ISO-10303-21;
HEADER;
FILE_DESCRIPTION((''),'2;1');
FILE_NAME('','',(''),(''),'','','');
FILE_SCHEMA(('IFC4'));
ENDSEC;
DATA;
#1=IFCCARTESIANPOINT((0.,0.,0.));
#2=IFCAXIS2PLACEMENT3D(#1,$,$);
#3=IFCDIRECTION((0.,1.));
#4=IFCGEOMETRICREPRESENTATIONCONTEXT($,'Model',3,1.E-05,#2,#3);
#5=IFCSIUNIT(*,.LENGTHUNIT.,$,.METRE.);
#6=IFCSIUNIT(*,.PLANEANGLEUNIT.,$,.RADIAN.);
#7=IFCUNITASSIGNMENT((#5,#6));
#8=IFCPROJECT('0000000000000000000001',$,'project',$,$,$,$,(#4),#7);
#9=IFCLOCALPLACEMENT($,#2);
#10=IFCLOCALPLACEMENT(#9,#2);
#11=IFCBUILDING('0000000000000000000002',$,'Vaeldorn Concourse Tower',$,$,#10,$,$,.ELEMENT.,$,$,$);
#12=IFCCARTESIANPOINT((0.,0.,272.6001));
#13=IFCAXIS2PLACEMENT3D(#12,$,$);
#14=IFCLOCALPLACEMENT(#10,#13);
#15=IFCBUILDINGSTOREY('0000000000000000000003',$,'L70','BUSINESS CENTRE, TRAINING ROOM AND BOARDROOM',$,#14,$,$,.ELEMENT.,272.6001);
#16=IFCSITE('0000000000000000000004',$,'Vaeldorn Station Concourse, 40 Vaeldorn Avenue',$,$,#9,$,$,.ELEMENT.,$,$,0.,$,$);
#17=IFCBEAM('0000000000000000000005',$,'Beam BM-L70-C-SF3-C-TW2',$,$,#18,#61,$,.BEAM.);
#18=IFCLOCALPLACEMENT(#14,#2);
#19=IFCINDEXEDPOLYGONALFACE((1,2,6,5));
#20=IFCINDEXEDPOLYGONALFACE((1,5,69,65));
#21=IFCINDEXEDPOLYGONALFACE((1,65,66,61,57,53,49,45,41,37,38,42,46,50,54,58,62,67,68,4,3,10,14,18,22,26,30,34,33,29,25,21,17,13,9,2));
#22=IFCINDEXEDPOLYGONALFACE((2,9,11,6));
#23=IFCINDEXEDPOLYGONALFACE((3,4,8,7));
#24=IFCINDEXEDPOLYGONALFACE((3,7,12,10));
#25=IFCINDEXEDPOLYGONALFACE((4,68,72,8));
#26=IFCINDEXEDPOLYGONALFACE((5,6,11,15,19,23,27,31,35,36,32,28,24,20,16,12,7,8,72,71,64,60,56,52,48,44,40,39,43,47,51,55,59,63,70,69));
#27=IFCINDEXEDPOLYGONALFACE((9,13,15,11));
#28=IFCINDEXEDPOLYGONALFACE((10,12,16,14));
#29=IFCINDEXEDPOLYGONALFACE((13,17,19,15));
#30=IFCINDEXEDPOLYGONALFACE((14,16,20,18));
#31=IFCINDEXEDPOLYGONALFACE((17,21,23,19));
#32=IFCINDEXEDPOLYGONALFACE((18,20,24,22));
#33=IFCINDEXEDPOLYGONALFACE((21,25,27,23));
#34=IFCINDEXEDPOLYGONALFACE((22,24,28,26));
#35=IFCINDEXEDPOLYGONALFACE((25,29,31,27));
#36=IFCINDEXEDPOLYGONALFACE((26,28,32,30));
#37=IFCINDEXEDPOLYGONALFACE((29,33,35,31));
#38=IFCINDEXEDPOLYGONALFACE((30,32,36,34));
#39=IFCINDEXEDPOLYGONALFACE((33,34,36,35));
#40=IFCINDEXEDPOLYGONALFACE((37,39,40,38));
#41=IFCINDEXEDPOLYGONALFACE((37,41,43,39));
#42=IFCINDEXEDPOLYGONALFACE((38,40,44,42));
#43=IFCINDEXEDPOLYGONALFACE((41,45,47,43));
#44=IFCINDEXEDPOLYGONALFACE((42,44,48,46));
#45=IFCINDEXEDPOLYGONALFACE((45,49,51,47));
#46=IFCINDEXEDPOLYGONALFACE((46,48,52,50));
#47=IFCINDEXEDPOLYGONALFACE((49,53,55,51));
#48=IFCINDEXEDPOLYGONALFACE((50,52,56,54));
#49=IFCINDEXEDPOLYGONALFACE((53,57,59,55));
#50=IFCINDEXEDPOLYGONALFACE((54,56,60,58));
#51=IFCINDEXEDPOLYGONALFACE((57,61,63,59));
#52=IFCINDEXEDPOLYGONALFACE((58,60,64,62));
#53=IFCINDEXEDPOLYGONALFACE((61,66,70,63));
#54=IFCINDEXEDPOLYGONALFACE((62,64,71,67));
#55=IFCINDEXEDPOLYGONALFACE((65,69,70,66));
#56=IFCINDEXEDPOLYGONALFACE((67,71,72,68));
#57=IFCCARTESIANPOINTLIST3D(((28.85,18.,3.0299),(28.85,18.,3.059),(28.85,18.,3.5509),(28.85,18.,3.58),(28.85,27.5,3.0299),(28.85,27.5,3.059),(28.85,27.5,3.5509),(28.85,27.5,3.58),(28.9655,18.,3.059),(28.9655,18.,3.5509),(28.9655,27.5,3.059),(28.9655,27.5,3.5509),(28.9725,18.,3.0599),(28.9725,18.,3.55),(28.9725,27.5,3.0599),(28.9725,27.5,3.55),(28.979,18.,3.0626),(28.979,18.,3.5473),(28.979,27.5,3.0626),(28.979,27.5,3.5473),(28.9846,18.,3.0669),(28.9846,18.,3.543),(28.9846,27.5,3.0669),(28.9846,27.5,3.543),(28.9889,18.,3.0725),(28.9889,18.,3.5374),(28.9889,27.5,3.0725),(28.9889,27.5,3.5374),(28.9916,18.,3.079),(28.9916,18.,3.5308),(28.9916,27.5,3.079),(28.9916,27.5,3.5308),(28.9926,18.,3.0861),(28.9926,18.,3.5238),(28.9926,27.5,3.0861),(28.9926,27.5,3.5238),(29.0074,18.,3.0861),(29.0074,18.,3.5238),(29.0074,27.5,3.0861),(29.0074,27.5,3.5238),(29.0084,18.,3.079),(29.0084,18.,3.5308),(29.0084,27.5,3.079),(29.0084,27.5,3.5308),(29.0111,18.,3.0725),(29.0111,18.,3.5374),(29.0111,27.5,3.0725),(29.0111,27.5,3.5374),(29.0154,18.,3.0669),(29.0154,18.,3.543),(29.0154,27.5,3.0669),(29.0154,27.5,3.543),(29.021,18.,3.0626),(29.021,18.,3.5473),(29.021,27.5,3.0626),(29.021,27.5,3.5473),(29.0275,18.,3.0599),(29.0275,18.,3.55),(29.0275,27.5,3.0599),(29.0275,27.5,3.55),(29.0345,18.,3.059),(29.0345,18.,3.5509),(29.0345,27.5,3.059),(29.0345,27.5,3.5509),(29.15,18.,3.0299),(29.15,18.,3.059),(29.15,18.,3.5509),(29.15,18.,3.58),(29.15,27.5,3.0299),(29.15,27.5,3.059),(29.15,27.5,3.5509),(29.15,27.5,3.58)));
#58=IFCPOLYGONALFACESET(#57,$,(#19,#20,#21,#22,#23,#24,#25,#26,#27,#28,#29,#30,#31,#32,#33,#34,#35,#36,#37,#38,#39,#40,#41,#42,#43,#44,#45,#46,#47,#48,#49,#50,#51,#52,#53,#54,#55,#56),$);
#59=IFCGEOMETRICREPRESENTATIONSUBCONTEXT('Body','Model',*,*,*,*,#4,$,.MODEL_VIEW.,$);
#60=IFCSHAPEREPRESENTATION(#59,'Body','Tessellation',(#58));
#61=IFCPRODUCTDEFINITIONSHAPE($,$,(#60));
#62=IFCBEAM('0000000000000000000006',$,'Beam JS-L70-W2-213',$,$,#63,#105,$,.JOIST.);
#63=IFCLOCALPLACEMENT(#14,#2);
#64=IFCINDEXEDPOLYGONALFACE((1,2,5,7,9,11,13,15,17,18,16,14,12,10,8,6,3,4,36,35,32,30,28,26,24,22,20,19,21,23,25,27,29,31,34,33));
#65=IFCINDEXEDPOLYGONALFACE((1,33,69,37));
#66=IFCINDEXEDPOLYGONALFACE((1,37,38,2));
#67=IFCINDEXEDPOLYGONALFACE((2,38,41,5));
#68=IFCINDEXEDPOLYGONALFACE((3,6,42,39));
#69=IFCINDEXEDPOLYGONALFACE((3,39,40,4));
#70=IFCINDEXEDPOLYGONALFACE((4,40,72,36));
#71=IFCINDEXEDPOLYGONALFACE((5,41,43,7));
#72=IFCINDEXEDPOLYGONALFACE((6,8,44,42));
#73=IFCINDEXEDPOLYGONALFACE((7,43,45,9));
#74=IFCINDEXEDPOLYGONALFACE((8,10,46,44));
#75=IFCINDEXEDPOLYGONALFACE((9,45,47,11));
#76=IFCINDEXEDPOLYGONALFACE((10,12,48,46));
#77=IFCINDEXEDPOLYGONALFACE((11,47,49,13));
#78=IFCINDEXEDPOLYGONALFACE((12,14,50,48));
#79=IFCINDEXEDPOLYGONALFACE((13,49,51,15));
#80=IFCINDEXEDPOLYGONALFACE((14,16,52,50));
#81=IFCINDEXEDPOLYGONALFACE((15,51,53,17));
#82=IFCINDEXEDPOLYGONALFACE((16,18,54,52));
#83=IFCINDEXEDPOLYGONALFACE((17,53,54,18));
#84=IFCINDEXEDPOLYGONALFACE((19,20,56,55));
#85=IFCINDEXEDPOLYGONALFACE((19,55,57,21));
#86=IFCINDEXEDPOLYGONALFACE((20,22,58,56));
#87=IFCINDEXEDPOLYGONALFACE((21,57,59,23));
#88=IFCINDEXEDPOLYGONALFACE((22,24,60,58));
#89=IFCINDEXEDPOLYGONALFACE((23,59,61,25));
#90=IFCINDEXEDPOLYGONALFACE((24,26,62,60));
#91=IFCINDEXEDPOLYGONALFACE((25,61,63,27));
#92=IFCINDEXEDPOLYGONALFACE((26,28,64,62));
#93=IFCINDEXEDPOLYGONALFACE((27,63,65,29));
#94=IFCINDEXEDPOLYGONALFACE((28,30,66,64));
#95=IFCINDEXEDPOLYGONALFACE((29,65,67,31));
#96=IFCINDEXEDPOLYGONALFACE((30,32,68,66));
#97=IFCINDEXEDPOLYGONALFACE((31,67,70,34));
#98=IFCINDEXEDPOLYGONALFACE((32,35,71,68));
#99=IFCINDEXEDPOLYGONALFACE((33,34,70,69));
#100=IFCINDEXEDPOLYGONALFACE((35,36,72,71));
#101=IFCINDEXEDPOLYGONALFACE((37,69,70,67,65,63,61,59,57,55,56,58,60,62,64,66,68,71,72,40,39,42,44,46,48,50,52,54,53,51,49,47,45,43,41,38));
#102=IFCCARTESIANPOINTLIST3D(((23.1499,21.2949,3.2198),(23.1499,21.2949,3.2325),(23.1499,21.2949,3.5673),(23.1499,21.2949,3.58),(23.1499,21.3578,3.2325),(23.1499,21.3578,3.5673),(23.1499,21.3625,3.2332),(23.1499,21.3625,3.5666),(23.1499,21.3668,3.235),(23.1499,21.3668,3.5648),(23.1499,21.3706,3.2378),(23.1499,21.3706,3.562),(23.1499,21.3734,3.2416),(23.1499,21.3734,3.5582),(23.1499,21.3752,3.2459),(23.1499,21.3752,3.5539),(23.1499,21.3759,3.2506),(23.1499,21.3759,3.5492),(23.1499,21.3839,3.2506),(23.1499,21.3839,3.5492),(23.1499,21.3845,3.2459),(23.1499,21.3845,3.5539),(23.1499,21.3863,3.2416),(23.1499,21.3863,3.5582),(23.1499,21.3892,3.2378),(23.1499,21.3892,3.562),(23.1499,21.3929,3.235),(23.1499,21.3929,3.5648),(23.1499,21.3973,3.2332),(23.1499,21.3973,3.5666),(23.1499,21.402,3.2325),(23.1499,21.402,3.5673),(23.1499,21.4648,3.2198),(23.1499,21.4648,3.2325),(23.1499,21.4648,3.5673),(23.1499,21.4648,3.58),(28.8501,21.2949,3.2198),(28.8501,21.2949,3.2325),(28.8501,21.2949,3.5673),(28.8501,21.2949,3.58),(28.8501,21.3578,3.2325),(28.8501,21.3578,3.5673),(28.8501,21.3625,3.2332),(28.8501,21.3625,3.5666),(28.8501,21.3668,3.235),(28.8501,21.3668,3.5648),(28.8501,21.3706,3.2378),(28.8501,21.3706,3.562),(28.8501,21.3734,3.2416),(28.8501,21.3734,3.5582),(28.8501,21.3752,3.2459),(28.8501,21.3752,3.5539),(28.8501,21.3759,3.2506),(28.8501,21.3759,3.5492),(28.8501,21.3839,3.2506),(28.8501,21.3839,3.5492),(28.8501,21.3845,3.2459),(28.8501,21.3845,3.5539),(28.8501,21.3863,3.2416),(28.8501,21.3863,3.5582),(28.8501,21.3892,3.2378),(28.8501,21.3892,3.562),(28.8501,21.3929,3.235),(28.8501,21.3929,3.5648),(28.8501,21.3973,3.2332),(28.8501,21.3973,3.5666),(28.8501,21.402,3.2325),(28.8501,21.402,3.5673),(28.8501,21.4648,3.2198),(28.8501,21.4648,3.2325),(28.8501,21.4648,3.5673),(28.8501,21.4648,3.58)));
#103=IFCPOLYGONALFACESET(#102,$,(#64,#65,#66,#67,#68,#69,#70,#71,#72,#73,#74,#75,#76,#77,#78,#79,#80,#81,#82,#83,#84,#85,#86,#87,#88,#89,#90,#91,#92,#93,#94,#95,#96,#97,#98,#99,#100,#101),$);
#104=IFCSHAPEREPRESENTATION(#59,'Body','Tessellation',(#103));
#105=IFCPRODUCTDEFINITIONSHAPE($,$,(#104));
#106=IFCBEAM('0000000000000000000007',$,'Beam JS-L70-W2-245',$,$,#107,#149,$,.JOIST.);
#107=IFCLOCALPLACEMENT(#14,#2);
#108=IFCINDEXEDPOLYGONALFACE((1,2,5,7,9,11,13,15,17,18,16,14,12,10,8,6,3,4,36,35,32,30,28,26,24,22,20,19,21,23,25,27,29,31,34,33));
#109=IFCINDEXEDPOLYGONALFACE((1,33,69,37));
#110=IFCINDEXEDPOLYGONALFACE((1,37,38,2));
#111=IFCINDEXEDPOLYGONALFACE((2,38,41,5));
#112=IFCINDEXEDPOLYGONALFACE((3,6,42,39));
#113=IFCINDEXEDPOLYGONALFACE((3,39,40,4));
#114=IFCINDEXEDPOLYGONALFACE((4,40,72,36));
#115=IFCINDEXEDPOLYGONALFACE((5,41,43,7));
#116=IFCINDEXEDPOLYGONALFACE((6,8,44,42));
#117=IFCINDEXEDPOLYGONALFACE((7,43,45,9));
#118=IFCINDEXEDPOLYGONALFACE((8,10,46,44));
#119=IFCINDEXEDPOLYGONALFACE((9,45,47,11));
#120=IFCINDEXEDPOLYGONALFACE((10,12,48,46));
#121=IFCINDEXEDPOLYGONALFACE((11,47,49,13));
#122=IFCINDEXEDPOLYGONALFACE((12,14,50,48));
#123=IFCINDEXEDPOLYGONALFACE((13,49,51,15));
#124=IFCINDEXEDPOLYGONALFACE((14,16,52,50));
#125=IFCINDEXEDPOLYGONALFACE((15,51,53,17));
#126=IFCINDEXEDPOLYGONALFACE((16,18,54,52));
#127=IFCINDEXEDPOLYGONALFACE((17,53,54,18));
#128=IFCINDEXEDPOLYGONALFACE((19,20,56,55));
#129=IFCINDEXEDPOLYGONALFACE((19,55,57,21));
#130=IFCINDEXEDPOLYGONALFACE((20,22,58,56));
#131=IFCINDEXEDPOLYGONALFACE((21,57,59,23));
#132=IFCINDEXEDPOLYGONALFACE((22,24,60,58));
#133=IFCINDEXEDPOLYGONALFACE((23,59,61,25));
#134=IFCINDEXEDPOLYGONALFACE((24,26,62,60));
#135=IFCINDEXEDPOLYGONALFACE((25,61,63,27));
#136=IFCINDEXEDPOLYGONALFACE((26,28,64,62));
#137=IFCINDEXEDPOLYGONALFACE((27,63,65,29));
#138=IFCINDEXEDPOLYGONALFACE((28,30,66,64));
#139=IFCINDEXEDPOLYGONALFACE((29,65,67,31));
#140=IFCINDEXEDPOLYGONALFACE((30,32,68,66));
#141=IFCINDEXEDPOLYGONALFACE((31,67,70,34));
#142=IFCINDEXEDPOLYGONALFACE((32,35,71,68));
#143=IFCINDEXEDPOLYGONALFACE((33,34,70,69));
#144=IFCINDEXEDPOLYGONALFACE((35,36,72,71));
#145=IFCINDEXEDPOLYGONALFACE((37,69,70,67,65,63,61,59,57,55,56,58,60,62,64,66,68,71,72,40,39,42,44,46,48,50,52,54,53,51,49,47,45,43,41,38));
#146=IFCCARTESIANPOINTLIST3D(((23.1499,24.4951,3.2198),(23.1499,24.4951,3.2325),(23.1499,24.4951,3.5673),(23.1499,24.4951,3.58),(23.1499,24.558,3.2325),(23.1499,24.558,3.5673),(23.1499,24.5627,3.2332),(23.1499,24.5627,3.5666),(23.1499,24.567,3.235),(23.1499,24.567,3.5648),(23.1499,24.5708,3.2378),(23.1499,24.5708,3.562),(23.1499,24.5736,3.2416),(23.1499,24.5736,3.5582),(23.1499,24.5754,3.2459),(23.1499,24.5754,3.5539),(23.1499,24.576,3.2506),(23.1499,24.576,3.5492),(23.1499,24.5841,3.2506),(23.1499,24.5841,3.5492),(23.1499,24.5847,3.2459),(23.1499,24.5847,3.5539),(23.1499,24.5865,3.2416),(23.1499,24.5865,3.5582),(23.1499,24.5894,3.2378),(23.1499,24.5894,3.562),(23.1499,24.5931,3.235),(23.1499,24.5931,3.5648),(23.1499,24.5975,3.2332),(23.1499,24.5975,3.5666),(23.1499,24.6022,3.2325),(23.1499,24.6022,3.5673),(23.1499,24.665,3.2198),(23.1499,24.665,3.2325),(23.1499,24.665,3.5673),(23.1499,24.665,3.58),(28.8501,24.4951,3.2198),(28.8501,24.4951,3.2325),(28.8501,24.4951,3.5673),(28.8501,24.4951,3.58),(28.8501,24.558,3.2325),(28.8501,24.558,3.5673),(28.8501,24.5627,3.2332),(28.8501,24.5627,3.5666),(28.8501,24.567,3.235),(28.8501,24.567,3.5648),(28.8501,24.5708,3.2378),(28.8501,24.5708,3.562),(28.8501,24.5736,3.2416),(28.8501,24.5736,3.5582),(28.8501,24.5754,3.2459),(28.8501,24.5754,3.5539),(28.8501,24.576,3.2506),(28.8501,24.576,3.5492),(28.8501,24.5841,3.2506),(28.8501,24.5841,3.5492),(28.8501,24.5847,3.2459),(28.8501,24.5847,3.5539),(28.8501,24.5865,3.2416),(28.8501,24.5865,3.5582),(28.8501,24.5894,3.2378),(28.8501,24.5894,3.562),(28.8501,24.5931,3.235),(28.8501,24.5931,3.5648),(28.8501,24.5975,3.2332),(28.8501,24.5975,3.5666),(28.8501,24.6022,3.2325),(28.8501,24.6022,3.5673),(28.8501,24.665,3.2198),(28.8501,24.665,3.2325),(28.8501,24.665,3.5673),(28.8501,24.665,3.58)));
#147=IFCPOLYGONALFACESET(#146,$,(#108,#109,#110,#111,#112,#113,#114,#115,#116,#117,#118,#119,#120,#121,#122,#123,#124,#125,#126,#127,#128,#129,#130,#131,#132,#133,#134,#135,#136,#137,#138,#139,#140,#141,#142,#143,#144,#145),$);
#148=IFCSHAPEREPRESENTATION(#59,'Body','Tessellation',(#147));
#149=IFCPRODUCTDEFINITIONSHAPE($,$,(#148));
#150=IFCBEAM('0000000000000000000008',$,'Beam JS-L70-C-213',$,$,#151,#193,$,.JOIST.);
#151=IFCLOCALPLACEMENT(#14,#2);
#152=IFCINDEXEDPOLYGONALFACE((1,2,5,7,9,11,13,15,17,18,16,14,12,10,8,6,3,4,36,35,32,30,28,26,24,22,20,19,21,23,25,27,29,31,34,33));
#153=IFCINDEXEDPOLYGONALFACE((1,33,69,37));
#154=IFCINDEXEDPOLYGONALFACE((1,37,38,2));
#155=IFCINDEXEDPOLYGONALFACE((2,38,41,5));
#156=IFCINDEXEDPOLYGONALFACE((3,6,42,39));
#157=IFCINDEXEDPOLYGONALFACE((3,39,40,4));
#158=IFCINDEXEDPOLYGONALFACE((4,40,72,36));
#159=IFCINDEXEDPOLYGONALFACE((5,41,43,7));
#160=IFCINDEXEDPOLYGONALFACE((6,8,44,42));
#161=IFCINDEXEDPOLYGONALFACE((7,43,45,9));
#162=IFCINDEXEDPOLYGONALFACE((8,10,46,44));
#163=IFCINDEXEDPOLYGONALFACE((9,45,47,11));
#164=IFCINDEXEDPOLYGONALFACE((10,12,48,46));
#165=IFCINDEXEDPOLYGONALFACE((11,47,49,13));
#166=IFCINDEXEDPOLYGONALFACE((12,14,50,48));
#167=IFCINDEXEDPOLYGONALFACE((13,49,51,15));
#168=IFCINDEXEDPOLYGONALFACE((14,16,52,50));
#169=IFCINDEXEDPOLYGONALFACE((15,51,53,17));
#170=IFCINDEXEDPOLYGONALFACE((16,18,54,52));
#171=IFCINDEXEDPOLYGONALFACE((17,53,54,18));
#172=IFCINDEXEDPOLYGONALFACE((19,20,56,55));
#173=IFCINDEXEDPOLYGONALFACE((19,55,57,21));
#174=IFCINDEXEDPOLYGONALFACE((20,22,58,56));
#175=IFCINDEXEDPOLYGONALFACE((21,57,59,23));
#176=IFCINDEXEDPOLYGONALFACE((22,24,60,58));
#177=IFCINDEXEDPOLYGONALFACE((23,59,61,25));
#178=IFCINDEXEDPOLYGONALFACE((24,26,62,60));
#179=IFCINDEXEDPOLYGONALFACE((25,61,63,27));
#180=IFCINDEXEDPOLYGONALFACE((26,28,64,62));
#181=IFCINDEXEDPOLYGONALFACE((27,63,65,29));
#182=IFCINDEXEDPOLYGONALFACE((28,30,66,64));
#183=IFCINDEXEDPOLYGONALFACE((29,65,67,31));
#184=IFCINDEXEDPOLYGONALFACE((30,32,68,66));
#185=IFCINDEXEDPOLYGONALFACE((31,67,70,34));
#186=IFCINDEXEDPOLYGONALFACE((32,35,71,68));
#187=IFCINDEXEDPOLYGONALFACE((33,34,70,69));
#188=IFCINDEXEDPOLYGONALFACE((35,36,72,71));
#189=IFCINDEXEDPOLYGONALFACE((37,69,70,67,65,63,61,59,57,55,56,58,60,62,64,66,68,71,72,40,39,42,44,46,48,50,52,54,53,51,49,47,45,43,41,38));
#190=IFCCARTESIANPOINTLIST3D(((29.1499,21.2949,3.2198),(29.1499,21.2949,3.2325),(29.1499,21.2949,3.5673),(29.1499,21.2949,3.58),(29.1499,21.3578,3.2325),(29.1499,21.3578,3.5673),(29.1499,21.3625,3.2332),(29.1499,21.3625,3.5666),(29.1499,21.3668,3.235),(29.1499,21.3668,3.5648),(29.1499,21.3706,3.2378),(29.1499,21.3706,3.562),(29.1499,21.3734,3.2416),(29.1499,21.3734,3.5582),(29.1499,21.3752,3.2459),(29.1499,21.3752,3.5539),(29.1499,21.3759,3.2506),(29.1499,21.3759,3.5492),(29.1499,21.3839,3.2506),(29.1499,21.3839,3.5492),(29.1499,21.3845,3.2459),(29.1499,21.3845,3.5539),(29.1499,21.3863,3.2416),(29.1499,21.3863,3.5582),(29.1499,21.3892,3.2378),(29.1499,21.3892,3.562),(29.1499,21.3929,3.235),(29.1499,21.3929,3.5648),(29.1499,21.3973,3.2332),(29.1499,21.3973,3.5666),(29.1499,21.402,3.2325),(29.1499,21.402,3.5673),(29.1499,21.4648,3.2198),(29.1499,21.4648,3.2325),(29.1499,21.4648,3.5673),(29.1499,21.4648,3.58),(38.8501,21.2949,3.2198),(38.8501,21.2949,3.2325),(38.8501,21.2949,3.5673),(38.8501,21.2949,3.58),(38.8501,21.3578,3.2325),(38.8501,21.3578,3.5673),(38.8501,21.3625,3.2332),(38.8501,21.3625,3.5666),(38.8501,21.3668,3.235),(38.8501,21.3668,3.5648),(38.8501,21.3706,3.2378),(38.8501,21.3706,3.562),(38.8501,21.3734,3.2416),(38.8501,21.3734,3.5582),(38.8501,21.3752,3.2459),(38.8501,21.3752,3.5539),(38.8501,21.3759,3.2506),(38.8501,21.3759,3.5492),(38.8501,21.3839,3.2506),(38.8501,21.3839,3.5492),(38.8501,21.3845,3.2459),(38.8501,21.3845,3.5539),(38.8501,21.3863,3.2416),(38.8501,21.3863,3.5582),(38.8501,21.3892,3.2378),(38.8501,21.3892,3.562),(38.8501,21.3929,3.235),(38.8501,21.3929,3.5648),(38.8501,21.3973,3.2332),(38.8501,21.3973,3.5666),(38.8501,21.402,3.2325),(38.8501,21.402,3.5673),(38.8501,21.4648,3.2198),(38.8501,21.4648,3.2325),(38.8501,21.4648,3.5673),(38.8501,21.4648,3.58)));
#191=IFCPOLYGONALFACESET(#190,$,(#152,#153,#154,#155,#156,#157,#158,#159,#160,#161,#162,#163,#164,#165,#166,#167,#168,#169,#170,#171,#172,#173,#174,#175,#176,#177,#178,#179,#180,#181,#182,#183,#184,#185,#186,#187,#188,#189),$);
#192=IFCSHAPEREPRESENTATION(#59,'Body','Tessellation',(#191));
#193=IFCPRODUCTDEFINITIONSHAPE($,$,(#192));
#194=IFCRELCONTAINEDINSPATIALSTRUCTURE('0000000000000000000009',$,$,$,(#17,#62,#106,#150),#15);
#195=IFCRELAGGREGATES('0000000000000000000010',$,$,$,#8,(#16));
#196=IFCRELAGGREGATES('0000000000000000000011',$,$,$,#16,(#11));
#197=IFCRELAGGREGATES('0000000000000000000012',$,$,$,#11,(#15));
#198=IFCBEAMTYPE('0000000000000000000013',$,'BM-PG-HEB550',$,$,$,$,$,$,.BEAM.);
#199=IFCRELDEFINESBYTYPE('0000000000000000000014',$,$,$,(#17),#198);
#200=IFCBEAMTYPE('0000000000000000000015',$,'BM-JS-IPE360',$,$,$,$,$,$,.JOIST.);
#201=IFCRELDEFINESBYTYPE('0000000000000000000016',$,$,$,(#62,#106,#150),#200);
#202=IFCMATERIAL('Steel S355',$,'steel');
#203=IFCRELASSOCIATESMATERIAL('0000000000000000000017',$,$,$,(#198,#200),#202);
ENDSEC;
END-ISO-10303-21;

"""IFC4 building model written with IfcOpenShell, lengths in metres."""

from ifc_helpers import new_model, si_unit, direction, frame, origin, origin_2d, place, context, subcontext, project, spatial, i_section, extrude, source, transform, mapped, material, material_profile, profile_set, type_object, element, save


model = new_model("IFC4")

# Units and contexts
model_context = context("Model", 3, precision=1e-05, world=origin(), true_north=direction((0.0, 1.0)))
body_context = subcontext(model_context, "Body", "Model", "MODEL_VIEW")
ifc_project = project(units=[si_unit("LENGTHUNIT", "METRE"), si_unit("PLANEANGLEUNIT", "RADIAN")], contexts=[model_context])

# Site, building, storey
site_placement = place(None, origin())
site = spatial("IfcSite", under=ifc_project, at=site_placement, Name="Vaeldorn Station Concourse, 40 Vaeldorn Avenue", CompositionType="ELEMENT", RefElevation=0.0)
building_placement = place(site_placement, origin())
building = spatial("IfcBuilding", under=site, at=building_placement, Name="Vaeldorn Concourse Tower", CompositionType="ELEMENT")
storey_placement = place(building_placement, frame((0.0, 0.0, 272.6001)))
storey = spatial("IfcBuildingStorey", under=building, at=storey_placement, Name="L70", Description="BUSINESS CENTRE, TRAINING ROOM AND BOARDROOM", CompositionType="ELEMENT", Elevation=272.6001)

# Shared definitions
ifc_material_1 = material(Name="Steel S355", Category="steel")

# Beams
ifc_material_profile_1 = material_profile(ifc_material_1, i_section(OverallWidth=0.3, OverallDepth=0.55, WebThickness=0.0149, FlangeThickness=0.0291, FilletRadius=0.0271, at=origin_2d()), Name="HEB 550")
ifc_profile_set_1 = profile_set([ifc_material_profile_1], Name="Steel S355")
beam_type_1 = type_object("IfcBeamType", Name="BM-PG-HEB550", PredefinedType="BEAM", material=ifc_profile_set_1)
shared_shape_1 = source(origin(), body_context, "Body", "SweptSolid", [
    extrude(i_section(OverallWidth=0.3, OverallDepth=0.55, WebThickness=0.0149, FlangeThickness=0.0291, FilletRadius=0.0271, at=origin_2d()), origin(), (0.0, 0.0, 1.0), 9.5),
])
beam_1_placement = place(storey_placement, frame((29.0, 18.0, 3.3049), z_axis=(0.0, 1.0, 0.0), x_axis=(-1.0, 0.0, 0.0)))
element("IfcBeam", 1, at=beam_1_placement, inside=storey, type_object=beam_type_1, Name="Beam BM-L70-C-SF3-C-TW2", PredefinedType="BEAM", context=body_context, shape_type="MappedRepresentation", body=[
    mapped(shared_shape_1, transform((0.0, 0.0, 0.0), scale=1.0)),
])
ifc_material_profile_2 = material_profile(ifc_material_1, i_section(OverallWidth=0.1699, OverallDepth=0.3601, WebThickness=0.0081, FlangeThickness=0.0127, FilletRadius=0.0181, at=origin_2d()), Name="IPE 360")
ifc_profile_set_2 = profile_set([ifc_material_profile_2], Name="Steel S355")
beam_type_2 = type_object("IfcBeamType", Name="BM-JS-IPE360", PredefinedType="JOIST", material=ifc_profile_set_2)
shared_shape_2 = source(origin(), body_context, "Body", "SweptSolid", [
    extrude(i_section(OverallWidth=0.1699, OverallDepth=0.3601, WebThickness=0.0081, FlangeThickness=0.0127, FilletRadius=0.0181, at=origin_2d()), origin(), (0.0, 0.0, 1.0), 5.7002),
])
for number, where, z_axis, x_axis, name in (
    (2, (23.1499, 21.3799, 3.3999), (1.0, 0.0, 0.0), (0.0, 1.0, 0.0), "Beam JS-L70-W2-213"),
    (3, (23.1499, 24.5801, 3.3999), (1.0, 0.0, 0.0), (0.0, 1.0, 0.0), "Beam JS-L70-W2-245"),
):
    element("IfcBeam", number, at=place(storey_placement, frame(where, z_axis=z_axis, x_axis=x_axis)), inside=storey, type_object=beam_type_2, Name=name, PredefinedType="JOIST", context=body_context, shape_type="MappedRepresentation", body=[
        mapped(shared_shape_2, transform((0.0, 0.0, 0.0), scale=1.0)),
    ])
shared_shape_3 = source(origin(), body_context, "Body", "SweptSolid", [
    extrude(i_section(OverallWidth=0.1699, OverallDepth=0.3601, WebThickness=0.0081, FlangeThickness=0.0127, FilletRadius=0.0181, at=origin_2d()), origin(), (0.0, 0.0, 1.0), 9.7002),
])
for number, where, z_axis, x_axis, name in (
    (4, (29.1499, 21.3799, 3.3999), (1.0, 0.0, 0.0), (0.0, 1.0, 0.0), "Beam JS-L70-C-213"),
):
    element("IfcBeam", number, at=place(storey_placement, frame(where, z_axis=z_axis, x_axis=x_axis)), inside=storey, type_object=beam_type_2, Name=name, PredefinedType="JOIST", context=body_context, shape_type="MappedRepresentation", body=[
        mapped(shared_shape_3, transform((0.0, 0.0, 0.0), scale=1.0)),
    ])

save(model, "model.ifc")
